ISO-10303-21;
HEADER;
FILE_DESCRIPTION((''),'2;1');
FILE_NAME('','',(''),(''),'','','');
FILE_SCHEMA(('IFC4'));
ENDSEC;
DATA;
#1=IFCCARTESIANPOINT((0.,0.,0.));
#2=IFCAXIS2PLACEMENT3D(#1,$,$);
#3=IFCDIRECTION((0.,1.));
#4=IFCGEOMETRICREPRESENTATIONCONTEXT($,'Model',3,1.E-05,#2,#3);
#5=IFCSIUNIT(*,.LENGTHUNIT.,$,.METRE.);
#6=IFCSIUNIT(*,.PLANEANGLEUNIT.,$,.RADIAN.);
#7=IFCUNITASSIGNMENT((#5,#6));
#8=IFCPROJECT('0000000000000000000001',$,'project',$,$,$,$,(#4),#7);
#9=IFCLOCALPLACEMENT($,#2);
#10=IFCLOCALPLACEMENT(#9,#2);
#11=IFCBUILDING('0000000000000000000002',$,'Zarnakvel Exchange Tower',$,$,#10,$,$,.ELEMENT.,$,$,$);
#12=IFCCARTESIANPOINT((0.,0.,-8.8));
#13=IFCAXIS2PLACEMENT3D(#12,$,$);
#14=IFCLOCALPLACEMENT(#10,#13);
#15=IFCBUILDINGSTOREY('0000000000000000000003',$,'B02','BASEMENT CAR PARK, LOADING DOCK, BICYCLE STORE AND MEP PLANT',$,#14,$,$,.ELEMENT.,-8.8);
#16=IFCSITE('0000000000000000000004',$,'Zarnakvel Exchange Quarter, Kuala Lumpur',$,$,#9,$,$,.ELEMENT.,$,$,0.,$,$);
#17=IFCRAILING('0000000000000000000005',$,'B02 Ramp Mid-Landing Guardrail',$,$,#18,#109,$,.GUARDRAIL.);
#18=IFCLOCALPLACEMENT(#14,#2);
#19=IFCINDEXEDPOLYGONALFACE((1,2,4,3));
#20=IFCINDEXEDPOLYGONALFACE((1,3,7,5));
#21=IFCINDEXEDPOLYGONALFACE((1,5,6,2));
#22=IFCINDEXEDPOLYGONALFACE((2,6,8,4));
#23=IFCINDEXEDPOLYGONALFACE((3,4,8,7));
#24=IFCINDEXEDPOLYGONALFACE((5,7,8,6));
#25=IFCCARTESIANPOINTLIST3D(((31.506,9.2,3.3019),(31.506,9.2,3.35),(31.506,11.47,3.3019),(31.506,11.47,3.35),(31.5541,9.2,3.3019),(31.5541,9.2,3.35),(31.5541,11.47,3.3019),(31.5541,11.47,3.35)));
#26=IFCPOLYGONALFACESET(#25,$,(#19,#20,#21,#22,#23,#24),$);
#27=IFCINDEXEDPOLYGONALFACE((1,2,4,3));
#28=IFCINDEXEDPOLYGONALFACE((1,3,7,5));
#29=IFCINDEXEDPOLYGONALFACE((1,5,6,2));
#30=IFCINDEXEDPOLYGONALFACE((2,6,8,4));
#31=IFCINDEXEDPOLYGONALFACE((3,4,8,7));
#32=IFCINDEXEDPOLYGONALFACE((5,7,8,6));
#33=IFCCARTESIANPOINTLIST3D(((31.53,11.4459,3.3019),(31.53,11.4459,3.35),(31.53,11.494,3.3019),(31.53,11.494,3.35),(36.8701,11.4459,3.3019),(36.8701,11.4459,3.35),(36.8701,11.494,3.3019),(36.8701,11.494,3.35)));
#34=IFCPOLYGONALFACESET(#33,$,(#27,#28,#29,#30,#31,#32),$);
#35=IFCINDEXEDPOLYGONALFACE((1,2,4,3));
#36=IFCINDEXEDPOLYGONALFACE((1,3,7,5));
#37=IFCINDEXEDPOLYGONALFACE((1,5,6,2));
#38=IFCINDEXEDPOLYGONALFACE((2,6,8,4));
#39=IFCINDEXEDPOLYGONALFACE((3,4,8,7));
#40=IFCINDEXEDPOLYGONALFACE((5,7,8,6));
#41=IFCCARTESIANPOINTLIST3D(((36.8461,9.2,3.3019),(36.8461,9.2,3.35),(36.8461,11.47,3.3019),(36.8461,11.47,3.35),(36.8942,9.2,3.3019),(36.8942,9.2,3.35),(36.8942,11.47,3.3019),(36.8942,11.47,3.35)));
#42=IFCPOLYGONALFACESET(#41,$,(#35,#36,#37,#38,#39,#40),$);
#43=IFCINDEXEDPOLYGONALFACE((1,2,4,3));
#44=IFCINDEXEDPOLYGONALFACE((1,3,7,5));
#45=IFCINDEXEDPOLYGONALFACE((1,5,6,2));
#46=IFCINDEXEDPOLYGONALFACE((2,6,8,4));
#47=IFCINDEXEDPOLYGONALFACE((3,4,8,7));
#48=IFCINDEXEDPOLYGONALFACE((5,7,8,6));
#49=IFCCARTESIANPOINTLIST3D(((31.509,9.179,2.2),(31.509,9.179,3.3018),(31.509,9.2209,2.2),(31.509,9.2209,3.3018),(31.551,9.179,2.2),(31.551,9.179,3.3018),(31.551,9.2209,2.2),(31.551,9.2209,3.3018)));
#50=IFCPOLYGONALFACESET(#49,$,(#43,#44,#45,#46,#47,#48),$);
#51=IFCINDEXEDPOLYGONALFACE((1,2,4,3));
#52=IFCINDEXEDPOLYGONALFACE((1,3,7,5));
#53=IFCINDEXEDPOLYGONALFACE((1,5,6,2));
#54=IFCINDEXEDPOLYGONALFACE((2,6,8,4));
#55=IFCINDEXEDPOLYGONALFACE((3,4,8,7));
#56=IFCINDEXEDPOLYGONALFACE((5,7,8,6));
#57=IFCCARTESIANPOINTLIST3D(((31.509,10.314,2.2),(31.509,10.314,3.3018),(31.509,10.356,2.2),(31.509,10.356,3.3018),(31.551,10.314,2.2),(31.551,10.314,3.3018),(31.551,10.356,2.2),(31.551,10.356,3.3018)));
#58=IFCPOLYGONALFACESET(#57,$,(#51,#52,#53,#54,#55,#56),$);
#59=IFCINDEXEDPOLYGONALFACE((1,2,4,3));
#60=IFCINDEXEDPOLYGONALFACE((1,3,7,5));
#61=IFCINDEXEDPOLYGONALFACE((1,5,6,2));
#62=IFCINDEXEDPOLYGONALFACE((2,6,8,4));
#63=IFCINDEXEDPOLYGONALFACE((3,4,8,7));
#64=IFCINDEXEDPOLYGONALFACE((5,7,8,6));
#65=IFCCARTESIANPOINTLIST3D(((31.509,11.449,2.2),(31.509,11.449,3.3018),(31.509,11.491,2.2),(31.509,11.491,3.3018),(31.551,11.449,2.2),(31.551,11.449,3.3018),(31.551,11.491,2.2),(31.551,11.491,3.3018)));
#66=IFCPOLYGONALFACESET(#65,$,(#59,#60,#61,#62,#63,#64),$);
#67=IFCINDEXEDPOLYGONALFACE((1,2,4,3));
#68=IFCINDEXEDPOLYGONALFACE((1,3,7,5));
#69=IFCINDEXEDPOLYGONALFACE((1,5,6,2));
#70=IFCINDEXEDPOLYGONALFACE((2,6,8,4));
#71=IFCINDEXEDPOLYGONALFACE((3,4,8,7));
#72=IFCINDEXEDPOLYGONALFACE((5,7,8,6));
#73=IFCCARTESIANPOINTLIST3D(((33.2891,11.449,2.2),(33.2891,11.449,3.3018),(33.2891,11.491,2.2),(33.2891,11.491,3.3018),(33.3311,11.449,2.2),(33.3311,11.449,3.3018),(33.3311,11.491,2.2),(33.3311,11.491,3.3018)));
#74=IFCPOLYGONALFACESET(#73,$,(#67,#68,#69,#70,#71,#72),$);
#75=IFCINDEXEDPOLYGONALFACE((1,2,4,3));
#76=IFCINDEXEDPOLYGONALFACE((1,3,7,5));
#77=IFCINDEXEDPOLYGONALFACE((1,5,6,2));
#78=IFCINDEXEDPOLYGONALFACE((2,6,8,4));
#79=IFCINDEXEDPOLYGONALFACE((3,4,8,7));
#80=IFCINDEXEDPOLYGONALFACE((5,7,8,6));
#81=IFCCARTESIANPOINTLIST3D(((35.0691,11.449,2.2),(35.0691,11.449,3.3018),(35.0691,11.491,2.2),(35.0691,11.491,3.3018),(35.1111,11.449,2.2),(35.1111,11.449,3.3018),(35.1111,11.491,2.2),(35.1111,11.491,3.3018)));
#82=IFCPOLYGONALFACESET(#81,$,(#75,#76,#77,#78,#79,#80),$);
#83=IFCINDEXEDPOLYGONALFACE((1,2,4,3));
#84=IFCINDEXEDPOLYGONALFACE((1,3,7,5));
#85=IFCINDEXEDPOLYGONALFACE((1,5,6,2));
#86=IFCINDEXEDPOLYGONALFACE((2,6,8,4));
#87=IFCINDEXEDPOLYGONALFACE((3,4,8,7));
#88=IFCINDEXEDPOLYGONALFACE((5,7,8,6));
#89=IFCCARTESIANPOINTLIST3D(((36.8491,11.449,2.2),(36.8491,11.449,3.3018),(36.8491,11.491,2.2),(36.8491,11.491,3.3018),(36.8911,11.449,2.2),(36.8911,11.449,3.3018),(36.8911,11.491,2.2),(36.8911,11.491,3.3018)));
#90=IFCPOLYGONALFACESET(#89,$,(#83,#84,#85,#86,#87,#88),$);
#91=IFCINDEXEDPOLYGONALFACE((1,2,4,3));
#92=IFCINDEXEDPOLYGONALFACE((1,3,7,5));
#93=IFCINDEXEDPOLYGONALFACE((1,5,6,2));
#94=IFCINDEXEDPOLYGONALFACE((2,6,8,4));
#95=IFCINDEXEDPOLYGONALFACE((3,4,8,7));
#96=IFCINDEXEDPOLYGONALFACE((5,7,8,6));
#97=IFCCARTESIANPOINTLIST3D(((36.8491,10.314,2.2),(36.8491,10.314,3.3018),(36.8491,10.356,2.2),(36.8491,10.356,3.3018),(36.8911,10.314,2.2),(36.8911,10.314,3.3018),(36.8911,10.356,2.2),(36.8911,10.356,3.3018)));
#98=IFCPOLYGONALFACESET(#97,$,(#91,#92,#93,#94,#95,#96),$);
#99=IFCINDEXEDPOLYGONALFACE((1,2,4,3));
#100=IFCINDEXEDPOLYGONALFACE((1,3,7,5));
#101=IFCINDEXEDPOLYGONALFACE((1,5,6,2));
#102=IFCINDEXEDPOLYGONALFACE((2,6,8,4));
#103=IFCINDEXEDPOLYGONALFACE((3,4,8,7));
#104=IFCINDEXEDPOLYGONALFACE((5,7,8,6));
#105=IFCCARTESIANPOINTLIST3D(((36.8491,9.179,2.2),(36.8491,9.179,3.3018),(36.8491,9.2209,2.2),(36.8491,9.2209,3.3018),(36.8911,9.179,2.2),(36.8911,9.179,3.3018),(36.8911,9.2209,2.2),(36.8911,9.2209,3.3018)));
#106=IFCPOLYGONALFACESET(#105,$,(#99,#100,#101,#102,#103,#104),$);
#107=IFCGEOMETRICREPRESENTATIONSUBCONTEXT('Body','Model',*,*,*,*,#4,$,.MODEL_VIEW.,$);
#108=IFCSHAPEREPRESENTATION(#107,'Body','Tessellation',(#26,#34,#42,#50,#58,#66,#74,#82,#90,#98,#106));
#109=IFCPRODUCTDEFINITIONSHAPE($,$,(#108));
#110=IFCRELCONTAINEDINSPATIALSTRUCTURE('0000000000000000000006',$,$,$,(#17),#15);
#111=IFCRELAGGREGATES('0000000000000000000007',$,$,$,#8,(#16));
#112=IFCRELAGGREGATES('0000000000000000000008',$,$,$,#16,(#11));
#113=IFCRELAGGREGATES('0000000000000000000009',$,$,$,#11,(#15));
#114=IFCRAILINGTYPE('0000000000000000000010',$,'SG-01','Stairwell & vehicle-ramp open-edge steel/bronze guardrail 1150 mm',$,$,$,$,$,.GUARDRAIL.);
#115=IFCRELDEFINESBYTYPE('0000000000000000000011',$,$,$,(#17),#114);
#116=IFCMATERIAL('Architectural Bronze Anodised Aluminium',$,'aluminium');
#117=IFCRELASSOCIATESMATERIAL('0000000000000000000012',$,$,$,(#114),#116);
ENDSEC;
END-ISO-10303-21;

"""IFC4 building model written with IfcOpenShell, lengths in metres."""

from ifc_helpers import new_model, si_unit, direction, frame, origin, origin_2d, place, context, subcontext, project, spatial, rectangle, extrude, material, type_object, element, save


model = new_model("IFC4")

# Units and contexts
model_context = context("Model", 3, precision=1e-05, world=origin(), true_north=direction((0.0, 1.0)))
body_context = subcontext(model_context, "Body", "Model", "MODEL_VIEW")
ifc_project = project(units=[si_unit("LENGTHUNIT", "METRE"), si_unit("PLANEANGLEUNIT", "RADIAN")], contexts=[model_context])

# Site, building, storey
site_placement = place(None, origin())
site = spatial("IfcSite", under=ifc_project, at=site_placement, Name="Zarnakvel Exchange Quarter, Kuala Lumpur", CompositionType="ELEMENT", RefElevation=0.0)
building_placement = place(site_placement, origin())
building = spatial("IfcBuilding", under=site, at=building_placement, Name="Zarnakvel Exchange Tower", CompositionType="ELEMENT")
storey_placement = place(building_placement, frame((0.0, 0.0, -8.8)))
storey = spatial("IfcBuildingStorey", under=building, at=storey_placement, Name="B02", Description="BASEMENT CAR PARK, LOADING DOCK, BICYCLE STORE AND MEP PLANT", CompositionType="ELEMENT", Elevation=-8.8)

# Railing
ifc_material_1 = material(Name="Architectural Bronze Anodised Aluminium", Category="aluminium")
railing_type = type_object("IfcRailingType", Name="SG-01", Description="Stairwell & vehicle-ramp open-edge steel/bronze guardrail 1150 mm", PredefinedType="GUARDRAIL", material=ifc_material_1)
railing_1_placement = place(storey_placement, frame((31.53, 9.2, 2.2)))
element("IfcRailing", 1, at=railing_1_placement, inside=storey, type_object=railing_type, Name="B02 Ramp Mid-Landing Guardrail", PredefinedType="GUARDRAIL", context=body_context, shape_type="SweptSolid", body=[
    extrude(rectangle(XDim=0.0481, YDim=0.0481, at=origin_2d()), frame((0.0, 0.0, 1.126), z_axis=(0.0, 1.0, 0.0), x_axis=(-1.0, 0.0, 0.0)), (0.0, 0.0, 1.0), 2.27),
    extrude(rectangle(XDim=0.0481, YDim=0.0481, at=origin_2d()), frame((0.0, 2.27, 1.126), z_axis=(1.0, 0.0, 0.0), x_axis=(0.0, 1.0, 0.0)), (0.0, 0.0, 1.0), 5.3401),
    extrude(rectangle(XDim=0.0481, YDim=0.0481, at=origin_2d()), frame((5.3401, 2.27, 1.126), z_axis=(0.0, -1.0, 0.0), x_axis=(1.0, 0.0, 0.0)), (0.0, 0.0, 1.0), 2.27),
    extrude(rectangle(XDim=0.042, YDim=0.042, at=origin_2d()), origin(), (0.0, 0.0, 1.0), 1.1018),
    extrude(rectangle(XDim=0.042, YDim=0.042, at=origin_2d()), frame((0.0, 1.135, 0.0)), (0.0, 0.0, 1.0), 1.1018),
    extrude(rectangle(XDim=0.042, YDim=0.042, at=origin_2d()), frame((0.0, 2.27, 0.0)), (0.0, 0.0, 1.0), 1.1018),
    extrude(rectangle(XDim=0.042, YDim=0.042, at=origin_2d()), frame((1.78, 2.27, 0.0)), (0.0, 0.0, 1.0), 1.1018),
    extrude(rectangle(XDim=0.042, YDim=0.042, at=origin_2d()), frame((3.5601, 2.27, 0.0)), (0.0, 0.0, 1.0), 1.1018),
    extrude(rectangle(XDim=0.042, YDim=0.042, at=origin_2d()), frame((5.3401, 2.27, 0.0)), (0.0, 0.0, 1.0), 1.1018),
    extrude(rectangle(XDim=0.042, YDim=0.042, at=origin_2d()), frame((5.3401, 1.135, 0.0)), (0.0, 0.0, 1.0), 1.1018),
    extrude(rectangle(XDim=0.042, YDim=0.042, at=origin_2d()), frame((5.3401, 0.0, 0.0)), (0.0, 0.0, 1.0), 1.1018),
])

save(model, "model.ifc")
